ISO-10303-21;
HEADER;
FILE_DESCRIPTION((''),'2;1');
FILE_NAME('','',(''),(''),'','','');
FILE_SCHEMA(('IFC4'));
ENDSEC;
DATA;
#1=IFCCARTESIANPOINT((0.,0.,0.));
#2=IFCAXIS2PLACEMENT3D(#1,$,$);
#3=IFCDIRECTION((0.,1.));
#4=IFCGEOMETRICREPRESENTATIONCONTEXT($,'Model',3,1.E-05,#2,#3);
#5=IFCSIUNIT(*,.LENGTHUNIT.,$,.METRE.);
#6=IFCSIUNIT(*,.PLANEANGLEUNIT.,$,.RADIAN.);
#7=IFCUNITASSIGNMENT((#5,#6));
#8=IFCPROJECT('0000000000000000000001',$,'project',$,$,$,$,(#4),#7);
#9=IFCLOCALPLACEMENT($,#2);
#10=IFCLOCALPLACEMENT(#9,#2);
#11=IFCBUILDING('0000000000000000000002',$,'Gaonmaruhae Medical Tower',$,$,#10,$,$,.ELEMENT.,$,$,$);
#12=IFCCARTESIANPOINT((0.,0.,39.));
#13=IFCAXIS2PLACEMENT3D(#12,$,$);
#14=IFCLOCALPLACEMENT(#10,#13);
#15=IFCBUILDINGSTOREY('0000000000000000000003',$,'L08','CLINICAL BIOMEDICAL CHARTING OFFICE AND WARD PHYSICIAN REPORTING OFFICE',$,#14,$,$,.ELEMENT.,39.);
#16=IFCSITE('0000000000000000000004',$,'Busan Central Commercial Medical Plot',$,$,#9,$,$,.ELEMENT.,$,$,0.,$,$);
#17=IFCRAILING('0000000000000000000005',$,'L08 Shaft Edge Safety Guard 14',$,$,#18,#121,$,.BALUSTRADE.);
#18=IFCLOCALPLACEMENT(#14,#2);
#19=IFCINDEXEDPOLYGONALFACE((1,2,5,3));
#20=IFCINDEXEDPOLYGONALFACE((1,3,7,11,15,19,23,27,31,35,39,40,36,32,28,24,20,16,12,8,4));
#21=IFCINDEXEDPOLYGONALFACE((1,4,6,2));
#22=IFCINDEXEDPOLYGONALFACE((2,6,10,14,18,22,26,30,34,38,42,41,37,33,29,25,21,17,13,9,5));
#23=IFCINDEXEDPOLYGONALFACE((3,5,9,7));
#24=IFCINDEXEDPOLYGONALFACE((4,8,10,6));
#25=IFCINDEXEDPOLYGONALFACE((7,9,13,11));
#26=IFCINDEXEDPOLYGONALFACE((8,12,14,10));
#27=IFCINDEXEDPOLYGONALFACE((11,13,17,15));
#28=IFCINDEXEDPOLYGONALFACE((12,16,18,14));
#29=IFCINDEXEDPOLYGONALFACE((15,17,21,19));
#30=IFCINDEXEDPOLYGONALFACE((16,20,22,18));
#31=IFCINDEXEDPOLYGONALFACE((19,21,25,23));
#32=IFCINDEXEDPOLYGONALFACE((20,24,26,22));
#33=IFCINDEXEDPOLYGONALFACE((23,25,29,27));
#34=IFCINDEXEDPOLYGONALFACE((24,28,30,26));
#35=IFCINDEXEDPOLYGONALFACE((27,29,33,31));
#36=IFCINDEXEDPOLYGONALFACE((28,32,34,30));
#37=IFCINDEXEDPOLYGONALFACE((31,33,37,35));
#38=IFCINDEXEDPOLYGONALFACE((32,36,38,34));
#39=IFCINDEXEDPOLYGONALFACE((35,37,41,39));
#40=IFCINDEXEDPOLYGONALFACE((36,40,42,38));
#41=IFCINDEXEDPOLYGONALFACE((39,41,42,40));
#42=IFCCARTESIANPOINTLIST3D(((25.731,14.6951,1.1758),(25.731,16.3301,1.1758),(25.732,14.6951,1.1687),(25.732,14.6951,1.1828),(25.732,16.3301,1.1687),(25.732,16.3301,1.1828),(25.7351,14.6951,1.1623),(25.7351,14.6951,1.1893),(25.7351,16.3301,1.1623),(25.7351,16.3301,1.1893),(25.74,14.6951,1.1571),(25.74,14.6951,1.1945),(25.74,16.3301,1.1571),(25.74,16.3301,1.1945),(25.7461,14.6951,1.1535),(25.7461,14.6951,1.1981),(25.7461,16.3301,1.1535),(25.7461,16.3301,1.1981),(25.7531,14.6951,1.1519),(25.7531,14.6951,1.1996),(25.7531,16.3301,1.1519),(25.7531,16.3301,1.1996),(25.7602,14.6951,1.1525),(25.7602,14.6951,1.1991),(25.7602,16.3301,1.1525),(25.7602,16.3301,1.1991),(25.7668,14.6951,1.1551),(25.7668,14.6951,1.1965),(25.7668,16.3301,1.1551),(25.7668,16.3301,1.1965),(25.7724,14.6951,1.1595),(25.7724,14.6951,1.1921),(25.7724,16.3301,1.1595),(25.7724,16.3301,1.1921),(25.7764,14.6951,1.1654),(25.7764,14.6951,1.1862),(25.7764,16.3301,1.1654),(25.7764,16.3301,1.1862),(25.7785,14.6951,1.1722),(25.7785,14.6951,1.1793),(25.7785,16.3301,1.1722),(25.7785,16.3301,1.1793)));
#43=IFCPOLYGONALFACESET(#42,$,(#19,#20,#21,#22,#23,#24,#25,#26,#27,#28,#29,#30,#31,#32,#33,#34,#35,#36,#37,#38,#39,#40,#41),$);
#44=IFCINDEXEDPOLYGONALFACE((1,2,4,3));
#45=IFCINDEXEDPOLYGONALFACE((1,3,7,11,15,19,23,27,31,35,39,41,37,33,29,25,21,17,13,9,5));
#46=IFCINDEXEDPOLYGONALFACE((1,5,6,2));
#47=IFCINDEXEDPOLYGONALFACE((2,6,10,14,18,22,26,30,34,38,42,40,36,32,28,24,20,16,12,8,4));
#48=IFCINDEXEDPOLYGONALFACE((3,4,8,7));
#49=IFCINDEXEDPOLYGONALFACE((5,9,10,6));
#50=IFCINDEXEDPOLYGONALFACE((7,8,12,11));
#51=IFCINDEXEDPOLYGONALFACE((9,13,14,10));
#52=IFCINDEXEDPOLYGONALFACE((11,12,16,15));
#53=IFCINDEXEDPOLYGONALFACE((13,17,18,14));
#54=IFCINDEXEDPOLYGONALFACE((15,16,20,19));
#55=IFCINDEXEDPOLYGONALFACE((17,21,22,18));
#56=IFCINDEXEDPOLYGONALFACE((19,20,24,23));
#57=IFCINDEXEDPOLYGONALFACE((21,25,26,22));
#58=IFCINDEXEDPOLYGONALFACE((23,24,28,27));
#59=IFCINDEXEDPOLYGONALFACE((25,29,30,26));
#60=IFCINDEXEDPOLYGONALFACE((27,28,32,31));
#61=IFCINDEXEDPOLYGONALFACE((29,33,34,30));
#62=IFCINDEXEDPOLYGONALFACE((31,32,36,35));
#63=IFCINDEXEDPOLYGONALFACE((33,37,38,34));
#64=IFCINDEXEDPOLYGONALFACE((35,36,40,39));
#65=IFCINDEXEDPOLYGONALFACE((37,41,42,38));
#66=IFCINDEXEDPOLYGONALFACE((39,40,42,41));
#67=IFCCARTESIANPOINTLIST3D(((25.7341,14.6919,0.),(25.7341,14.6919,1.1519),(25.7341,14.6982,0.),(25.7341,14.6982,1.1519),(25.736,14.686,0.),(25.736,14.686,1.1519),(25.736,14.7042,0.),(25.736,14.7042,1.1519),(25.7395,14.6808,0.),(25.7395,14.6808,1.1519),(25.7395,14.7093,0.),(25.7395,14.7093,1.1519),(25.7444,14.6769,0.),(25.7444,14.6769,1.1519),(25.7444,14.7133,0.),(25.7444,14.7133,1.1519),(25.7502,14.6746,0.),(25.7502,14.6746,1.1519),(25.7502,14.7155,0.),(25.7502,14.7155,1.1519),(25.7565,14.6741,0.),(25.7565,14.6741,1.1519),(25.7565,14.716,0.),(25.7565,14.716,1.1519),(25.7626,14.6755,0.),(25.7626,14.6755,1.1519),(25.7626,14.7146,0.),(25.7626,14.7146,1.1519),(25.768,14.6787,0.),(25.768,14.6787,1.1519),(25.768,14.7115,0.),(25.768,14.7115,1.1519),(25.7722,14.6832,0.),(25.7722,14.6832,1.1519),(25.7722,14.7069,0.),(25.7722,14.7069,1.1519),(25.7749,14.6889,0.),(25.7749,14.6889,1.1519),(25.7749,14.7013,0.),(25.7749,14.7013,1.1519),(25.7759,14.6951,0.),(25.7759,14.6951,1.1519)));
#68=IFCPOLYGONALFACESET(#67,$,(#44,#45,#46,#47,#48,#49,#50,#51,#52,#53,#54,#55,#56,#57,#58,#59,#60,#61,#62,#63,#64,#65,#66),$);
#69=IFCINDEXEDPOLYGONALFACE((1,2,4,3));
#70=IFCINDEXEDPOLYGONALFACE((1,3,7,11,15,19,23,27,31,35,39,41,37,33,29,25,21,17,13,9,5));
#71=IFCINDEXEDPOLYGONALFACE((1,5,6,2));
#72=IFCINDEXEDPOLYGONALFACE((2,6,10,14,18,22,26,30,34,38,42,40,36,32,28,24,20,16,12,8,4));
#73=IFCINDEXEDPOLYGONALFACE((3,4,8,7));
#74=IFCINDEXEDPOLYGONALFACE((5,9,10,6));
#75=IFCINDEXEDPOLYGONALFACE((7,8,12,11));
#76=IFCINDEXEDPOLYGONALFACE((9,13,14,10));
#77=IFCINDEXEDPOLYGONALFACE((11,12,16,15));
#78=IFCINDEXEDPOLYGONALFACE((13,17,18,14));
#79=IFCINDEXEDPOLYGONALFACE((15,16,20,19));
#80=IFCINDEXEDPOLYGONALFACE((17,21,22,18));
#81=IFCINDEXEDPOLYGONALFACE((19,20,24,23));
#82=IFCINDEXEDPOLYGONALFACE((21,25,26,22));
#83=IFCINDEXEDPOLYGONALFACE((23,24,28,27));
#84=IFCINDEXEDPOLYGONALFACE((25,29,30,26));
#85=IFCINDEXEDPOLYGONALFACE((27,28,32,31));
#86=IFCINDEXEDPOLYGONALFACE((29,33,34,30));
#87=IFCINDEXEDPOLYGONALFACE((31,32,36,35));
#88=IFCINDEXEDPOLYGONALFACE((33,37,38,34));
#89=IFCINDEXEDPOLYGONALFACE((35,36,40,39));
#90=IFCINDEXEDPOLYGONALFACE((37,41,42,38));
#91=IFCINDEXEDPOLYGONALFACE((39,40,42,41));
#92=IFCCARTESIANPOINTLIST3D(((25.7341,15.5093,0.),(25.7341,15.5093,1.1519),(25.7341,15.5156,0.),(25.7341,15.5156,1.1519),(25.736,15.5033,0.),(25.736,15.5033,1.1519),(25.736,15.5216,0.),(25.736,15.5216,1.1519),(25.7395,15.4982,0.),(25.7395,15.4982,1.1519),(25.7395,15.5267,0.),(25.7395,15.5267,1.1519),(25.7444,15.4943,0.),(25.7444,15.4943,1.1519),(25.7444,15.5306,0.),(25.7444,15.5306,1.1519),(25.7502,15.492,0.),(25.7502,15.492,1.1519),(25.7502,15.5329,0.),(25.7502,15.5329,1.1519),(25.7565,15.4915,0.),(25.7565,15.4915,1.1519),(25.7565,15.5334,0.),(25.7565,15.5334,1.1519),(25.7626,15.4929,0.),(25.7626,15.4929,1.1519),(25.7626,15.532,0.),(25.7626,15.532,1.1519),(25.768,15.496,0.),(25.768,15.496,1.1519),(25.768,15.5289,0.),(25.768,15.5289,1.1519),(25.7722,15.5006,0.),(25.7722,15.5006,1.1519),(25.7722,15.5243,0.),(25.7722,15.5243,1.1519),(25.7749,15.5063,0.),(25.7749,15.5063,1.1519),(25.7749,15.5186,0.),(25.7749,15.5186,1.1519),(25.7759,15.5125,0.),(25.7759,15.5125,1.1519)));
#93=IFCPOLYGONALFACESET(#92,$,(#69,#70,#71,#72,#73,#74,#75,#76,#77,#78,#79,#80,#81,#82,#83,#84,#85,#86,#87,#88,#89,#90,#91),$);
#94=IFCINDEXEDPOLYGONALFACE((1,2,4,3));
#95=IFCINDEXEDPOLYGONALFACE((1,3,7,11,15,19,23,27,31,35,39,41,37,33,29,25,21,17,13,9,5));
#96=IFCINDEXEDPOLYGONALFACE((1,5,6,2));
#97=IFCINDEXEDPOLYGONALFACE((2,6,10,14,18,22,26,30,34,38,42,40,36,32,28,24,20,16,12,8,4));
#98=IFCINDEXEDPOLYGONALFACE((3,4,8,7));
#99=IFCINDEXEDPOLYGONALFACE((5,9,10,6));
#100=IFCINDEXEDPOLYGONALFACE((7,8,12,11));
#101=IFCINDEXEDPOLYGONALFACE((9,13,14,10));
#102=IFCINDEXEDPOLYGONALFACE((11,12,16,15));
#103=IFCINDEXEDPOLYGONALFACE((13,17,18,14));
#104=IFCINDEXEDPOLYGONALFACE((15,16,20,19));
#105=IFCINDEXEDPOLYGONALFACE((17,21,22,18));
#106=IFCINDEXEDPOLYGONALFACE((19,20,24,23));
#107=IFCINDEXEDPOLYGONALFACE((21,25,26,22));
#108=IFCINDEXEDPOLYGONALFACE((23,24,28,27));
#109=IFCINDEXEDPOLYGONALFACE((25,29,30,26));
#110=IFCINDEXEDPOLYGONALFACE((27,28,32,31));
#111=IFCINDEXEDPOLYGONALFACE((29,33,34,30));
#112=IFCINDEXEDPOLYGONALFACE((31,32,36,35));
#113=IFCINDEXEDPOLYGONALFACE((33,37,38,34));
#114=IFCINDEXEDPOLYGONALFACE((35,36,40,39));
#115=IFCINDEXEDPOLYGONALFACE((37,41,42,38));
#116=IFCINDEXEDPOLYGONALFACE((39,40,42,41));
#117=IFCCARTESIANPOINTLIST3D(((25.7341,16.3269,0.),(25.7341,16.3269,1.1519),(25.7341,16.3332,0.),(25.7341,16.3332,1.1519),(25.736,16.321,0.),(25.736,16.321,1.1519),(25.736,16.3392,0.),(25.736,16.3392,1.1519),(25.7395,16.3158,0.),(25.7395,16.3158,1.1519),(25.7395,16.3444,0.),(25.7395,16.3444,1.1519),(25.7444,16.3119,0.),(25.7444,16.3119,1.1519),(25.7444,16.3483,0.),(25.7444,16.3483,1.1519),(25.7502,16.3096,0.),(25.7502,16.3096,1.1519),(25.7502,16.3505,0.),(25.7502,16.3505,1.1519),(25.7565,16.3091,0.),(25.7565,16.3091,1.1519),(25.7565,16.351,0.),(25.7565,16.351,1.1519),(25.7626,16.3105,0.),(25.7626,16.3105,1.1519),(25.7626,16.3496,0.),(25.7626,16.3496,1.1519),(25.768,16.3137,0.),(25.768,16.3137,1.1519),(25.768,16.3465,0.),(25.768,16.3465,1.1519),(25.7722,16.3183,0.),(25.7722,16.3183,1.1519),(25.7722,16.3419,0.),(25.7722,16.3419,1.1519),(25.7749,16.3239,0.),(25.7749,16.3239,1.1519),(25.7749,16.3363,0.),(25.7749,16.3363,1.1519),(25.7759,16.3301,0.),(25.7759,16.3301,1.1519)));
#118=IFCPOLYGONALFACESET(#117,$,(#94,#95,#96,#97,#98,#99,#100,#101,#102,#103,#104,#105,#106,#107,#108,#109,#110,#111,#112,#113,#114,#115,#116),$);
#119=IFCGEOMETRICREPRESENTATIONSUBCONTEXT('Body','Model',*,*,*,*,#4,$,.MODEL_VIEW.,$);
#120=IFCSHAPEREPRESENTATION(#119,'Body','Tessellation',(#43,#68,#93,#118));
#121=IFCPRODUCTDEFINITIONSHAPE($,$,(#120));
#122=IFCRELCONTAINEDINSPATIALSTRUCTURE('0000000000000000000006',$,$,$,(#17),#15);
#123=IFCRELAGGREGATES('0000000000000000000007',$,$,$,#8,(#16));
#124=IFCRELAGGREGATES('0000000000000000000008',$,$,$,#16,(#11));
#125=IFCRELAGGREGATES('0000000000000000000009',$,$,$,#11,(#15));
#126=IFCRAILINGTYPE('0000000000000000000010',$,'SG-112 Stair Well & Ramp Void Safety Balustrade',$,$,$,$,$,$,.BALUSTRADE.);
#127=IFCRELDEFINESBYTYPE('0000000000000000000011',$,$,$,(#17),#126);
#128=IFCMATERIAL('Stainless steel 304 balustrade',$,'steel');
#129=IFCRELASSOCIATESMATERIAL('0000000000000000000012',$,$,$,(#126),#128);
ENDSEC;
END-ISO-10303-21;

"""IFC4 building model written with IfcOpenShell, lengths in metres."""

from ifc_helpers import new_model, si_unit, direction, frame, origin, origin_2d, place, context, subcontext, project, spatial, circle, extrude, material, type_object, element, save


model = new_model("IFC4")

# Units and contexts
model_context = context("Model", 3, precision=1e-05, world=origin(), true_north=direction((0.0, 1.0)))
body_context = subcontext(model_context, "Body", "Model", "MODEL_VIEW")
ifc_project = project(units=[si_unit("LENGTHUNIT", "METRE"), si_unit("PLANEANGLEUNIT", "RADIAN")], contexts=[model_context])

# Site, building, storey
site_placement = place(None, origin())
site = spatial("IfcSite", under=ifc_project, at=site_placement, Name="Busan Central Commercial Medical Plot", CompositionType="ELEMENT", RefElevation=0.0)
building_placement = place(site_placement, origin())
building = spatial("IfcBuilding", under=site, at=building_placement, Name="Gaonmaruhae Medical Tower", CompositionType="ELEMENT")
storey_placement = place(building_placement, frame((0.0, 0.0, 39.0)))
storey = spatial("IfcBuildingStorey", under=building, at=storey_placement, Name="L08", Description="CLINICAL BIOMEDICAL CHARTING OFFICE AND WARD PHYSICIAN REPORTING OFFICE", CompositionType="ELEMENT", Elevation=39.0)

# Railing
ifc_material_1 = material(Name="Stainless steel 304 balustrade", Category="steel")
railing_type_1 = type_object("IfcRailingType", Name="SG-112 Stair Well & Ramp Void Safety Balustrade", PredefinedType="BALUSTRADE", material=ifc_material_1)
for number, where, name in (
    (1, (25.7549, 14.6951, 0.0), "L08 Shaft Edge Safety Guard 14"),
):
    element("IfcRailing", number, at=place(storey_placement, frame(where)), inside=storey, type_object=railing_type_1, Name=name, PredefinedType="BALUSTRADE", context=body_context, shape_type="SweptSolid", body=[
        extrude(circle(Radius=0.0239, at=origin_2d()), frame((0.0, 0.0, 1.1758), z_axis=(0.0, 1.0, 0.0), x_axis=(-1.0, 0.0, 0.0)), (0.0, 0.0, 1.0), 1.635),
        extrude(circle(Radius=0.021, at=origin_2d()), origin(), (0.0, 0.0, 1.0), 1.1519),
        extrude(circle(Radius=0.021, at=origin_2d()), frame((0.0, 0.8174, 0.0)), (0.0, 0.0, 1.0), 1.1519),
        extrude(circle(Radius=0.021, at=origin_2d()), frame((0.0, 1.635, 0.0)), (0.0, 0.0, 1.0), 1.1519),
    ])

save(model, "model.ifc")
